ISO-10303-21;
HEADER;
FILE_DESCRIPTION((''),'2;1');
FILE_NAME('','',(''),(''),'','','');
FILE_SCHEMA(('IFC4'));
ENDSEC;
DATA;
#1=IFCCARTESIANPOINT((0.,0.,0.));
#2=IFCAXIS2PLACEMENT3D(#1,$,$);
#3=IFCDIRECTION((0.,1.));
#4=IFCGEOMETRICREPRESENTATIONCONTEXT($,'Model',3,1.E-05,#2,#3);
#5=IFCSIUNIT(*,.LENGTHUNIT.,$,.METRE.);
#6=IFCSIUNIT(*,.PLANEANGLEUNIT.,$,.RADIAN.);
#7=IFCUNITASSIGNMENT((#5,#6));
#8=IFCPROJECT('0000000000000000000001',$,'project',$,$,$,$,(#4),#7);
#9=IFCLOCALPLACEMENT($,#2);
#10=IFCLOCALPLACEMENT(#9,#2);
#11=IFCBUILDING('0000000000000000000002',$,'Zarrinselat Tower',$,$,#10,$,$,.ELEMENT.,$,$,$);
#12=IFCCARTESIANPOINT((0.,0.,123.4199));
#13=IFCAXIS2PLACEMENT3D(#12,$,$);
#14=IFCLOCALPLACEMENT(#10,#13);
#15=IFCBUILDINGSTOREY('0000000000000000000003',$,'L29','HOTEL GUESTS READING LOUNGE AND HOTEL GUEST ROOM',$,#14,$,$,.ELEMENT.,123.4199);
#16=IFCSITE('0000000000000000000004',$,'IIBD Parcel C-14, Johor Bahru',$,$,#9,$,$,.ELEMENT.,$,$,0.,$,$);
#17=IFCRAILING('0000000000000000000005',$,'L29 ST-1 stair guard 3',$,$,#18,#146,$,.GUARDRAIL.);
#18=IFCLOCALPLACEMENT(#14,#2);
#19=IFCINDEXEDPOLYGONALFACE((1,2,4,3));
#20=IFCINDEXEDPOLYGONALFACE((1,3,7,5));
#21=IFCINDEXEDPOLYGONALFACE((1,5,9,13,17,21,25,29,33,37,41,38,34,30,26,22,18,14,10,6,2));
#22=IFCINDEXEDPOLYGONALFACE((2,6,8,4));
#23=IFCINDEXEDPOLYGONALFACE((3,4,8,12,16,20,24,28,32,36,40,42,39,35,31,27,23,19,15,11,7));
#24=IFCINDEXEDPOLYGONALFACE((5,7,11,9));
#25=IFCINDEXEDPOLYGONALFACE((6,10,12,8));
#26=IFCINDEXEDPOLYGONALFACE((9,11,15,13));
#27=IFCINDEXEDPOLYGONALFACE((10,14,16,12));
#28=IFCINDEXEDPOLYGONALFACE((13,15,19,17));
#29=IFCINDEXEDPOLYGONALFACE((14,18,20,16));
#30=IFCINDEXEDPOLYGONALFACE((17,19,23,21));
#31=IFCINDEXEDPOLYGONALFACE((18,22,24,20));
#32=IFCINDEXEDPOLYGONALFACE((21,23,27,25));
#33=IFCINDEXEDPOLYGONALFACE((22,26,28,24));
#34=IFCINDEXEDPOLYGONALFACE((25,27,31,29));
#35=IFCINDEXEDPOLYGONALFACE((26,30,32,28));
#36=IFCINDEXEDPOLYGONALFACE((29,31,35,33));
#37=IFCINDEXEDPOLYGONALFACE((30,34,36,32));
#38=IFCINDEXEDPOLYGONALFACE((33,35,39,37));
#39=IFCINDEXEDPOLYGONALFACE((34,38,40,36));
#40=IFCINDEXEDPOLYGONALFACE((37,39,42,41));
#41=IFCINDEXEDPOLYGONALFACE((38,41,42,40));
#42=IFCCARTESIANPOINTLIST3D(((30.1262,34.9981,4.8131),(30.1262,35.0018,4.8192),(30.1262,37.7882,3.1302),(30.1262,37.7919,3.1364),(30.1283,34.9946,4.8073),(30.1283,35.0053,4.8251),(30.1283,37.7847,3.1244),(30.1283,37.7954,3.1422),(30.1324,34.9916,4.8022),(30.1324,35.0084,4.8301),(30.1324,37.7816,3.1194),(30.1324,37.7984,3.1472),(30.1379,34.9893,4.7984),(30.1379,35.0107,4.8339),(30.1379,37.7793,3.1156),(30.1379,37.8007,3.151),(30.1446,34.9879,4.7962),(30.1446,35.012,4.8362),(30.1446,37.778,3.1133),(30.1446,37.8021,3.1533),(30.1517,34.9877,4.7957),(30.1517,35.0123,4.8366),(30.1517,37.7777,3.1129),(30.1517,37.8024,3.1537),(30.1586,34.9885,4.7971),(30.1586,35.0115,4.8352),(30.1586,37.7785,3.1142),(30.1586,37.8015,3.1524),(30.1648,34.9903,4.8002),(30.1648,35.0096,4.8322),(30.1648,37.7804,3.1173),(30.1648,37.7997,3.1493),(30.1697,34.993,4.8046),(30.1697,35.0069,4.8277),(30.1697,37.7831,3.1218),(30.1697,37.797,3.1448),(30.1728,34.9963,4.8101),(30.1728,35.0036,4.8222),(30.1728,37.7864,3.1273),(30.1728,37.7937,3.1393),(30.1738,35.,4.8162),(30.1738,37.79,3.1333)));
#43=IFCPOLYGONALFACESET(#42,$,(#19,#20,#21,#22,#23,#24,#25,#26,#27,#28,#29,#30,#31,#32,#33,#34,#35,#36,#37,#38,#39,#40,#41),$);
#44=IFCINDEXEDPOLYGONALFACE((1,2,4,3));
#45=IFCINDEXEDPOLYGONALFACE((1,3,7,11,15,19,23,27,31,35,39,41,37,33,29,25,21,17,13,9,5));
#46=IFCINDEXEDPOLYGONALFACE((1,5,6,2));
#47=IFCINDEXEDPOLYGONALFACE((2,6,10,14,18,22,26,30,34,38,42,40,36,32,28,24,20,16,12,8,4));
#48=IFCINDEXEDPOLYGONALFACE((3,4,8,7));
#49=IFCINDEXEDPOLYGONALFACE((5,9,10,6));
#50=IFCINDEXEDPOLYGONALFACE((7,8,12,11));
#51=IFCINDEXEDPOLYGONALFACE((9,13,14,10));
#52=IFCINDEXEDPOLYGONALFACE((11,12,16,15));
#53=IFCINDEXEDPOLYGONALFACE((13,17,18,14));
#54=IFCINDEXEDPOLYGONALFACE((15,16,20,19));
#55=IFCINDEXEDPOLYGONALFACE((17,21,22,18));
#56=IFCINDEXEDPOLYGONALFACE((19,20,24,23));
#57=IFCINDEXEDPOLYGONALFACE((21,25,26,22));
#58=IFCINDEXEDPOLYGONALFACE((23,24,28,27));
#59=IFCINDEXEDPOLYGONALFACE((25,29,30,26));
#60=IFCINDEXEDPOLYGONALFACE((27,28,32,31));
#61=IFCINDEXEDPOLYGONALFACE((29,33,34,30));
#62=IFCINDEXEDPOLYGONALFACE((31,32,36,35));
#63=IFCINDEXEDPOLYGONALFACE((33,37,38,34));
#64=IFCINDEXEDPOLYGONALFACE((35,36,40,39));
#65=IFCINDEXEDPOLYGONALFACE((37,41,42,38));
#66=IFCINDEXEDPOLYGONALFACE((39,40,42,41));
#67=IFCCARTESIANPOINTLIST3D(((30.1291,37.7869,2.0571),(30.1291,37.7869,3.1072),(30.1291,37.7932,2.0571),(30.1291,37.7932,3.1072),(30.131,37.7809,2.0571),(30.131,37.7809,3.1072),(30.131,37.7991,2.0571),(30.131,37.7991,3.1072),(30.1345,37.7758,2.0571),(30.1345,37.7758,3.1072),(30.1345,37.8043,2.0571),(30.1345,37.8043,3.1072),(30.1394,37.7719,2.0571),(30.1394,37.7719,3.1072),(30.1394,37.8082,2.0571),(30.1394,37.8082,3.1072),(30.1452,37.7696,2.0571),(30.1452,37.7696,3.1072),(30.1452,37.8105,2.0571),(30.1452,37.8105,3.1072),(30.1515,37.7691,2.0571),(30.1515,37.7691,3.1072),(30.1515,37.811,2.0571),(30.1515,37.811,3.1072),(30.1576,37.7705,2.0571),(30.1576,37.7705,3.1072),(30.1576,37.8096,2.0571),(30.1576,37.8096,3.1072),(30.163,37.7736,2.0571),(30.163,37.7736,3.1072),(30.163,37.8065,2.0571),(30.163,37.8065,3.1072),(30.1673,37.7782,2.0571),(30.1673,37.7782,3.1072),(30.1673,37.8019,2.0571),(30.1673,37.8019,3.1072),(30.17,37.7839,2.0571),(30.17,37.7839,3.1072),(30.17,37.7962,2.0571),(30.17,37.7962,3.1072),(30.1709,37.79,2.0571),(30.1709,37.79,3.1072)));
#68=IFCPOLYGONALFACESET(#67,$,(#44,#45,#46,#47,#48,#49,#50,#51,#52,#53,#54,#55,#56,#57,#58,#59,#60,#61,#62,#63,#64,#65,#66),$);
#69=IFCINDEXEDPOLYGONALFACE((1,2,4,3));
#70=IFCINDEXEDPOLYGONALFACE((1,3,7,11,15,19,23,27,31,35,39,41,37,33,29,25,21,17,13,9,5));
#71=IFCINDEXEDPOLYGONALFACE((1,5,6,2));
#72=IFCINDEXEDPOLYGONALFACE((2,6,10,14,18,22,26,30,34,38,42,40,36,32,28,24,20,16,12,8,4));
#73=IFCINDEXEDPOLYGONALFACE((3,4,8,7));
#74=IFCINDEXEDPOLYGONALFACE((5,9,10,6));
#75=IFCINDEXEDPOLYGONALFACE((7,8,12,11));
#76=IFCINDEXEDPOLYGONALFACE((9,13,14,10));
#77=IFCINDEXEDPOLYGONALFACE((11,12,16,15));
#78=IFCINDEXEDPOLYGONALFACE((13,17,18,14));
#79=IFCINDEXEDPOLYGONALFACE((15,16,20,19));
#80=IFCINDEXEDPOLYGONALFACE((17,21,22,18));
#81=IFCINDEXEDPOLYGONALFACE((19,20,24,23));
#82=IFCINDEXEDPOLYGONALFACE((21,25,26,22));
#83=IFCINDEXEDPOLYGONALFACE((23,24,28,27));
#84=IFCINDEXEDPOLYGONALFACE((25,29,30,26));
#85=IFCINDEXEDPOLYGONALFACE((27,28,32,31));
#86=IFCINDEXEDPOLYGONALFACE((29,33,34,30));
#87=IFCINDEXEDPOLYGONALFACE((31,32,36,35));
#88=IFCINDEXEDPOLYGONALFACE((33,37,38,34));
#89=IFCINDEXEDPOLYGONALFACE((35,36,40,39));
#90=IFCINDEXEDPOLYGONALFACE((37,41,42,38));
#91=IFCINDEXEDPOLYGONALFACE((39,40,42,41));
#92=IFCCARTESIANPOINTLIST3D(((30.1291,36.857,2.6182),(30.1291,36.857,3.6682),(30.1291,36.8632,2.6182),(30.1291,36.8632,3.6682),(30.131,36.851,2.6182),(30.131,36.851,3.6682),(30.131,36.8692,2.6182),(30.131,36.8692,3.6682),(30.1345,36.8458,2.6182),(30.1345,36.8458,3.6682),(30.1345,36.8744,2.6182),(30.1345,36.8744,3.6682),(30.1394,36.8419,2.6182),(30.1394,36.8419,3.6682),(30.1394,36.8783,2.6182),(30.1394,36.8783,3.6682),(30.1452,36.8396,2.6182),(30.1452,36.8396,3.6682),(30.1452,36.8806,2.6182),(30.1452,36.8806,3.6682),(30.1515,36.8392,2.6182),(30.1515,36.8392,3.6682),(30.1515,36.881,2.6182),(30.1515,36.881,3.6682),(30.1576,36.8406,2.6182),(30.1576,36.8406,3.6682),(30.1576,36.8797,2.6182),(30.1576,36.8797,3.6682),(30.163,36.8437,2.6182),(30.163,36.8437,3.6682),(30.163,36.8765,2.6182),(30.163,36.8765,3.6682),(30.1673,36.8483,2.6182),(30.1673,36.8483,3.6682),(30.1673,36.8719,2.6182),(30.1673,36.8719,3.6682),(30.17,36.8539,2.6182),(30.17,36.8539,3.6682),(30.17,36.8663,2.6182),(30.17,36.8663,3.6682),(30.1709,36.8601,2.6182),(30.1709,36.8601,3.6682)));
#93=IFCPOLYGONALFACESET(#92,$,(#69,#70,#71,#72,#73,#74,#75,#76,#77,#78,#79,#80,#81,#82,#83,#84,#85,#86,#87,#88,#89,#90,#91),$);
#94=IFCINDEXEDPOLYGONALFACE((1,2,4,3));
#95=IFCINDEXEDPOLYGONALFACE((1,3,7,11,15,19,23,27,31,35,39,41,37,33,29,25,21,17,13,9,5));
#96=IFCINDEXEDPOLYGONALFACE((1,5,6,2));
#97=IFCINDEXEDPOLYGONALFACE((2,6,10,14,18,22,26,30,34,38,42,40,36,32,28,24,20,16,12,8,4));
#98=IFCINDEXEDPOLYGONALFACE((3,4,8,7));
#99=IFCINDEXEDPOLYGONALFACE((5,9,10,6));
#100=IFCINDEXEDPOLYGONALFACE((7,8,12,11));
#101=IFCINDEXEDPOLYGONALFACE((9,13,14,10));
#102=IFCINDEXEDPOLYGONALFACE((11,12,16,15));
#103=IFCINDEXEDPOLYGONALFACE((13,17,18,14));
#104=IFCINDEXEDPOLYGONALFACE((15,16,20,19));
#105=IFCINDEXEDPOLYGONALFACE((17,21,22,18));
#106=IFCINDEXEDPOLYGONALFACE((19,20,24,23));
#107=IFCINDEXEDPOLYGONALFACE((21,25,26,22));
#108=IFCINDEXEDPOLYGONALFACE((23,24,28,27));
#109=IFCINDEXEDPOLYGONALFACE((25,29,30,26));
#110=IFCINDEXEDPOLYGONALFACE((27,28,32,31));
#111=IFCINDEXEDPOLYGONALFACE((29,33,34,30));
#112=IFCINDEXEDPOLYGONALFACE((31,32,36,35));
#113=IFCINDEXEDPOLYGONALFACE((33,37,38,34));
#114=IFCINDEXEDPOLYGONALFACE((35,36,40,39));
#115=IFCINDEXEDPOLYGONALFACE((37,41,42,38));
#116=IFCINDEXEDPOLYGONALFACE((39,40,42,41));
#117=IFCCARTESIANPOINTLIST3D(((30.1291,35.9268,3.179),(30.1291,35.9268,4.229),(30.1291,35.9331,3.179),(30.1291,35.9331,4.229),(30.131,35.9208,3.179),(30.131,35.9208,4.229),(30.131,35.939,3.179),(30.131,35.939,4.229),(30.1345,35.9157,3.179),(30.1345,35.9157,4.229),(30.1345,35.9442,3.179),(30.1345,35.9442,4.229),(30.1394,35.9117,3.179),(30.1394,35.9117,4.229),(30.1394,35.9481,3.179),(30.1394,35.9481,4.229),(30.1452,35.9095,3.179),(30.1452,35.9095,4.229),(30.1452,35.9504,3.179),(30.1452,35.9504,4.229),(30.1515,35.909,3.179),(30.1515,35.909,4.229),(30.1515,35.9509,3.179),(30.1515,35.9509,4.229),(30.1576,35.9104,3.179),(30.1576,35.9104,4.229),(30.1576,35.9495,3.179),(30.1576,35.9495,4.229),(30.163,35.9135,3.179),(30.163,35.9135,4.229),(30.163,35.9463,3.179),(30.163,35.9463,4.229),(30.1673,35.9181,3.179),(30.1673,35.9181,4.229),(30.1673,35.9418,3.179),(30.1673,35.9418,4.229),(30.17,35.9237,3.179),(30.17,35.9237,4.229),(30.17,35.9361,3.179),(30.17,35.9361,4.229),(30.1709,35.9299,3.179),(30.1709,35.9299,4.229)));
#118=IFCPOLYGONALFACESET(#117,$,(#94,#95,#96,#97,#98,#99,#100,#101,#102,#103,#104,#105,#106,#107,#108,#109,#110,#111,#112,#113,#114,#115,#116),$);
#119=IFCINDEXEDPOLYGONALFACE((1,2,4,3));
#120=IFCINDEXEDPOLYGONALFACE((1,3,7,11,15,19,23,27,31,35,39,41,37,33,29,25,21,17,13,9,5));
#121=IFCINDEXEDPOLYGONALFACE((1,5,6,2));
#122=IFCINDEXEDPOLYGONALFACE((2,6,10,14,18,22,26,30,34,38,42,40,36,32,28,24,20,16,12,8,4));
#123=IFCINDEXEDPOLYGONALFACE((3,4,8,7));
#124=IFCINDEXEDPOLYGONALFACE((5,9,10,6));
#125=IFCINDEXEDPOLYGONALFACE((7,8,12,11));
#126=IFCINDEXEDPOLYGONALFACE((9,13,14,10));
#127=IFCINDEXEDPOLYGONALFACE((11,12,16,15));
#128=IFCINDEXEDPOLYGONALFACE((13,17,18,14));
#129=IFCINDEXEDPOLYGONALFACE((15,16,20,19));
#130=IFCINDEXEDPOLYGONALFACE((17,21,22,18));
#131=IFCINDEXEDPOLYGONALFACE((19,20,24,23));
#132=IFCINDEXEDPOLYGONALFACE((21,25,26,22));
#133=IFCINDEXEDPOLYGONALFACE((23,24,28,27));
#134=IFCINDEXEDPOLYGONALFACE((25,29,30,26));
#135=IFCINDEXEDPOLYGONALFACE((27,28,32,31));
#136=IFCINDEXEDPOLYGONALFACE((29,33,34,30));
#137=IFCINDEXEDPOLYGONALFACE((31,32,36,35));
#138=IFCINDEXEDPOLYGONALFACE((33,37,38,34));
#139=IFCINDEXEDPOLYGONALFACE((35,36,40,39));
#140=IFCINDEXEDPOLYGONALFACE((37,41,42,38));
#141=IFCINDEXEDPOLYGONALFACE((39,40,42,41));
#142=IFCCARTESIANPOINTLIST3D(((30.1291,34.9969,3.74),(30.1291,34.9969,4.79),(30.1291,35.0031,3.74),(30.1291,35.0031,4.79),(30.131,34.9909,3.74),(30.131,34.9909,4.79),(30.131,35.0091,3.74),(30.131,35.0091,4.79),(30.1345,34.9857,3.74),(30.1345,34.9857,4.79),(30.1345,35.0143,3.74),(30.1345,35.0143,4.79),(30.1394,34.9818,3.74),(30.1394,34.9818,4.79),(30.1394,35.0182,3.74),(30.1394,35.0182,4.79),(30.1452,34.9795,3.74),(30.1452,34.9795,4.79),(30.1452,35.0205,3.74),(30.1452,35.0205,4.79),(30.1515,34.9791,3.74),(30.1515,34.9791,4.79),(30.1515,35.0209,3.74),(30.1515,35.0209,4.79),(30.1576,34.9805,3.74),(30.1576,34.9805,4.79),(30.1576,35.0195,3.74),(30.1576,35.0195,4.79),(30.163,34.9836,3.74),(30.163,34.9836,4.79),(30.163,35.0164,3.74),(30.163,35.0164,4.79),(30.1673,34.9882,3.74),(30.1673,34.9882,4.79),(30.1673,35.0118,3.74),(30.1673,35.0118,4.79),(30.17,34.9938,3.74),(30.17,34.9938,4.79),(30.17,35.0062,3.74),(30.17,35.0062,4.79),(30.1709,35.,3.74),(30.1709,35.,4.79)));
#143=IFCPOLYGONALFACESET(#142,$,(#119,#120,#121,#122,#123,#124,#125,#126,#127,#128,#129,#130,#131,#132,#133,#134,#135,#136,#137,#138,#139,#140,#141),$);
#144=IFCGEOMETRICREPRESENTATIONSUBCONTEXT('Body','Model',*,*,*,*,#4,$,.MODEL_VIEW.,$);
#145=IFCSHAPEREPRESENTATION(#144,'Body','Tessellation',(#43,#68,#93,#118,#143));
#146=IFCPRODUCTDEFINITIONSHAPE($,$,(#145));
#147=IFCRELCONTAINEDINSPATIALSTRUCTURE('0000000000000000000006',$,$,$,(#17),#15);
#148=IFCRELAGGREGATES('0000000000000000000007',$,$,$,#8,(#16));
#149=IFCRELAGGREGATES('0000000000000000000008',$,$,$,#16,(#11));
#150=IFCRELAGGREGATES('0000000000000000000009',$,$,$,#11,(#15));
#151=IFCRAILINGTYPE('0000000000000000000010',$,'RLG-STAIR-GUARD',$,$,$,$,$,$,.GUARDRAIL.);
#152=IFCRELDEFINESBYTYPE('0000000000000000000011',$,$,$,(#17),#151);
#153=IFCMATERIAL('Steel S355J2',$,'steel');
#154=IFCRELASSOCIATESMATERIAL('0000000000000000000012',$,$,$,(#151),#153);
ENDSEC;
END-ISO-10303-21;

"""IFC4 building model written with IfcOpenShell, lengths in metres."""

from ifc_helpers import new_model, si_unit, direction, frame, origin, origin_2d, place, context, subcontext, project, spatial, circle, extrude, material, type_object, element, save


model = new_model("IFC4")

# Units and contexts
model_context = context("Model", 3, precision=1e-05, world=origin(), true_north=direction((0.0, 1.0)))
body_context = subcontext(model_context, "Body", "Model", "MODEL_VIEW")
ifc_project = project(units=[si_unit("LENGTHUNIT", "METRE"), si_unit("PLANEANGLEUNIT", "RADIAN")], contexts=[model_context])

# Site, building, storey
site_placement = place(None, origin())
site = spatial("IfcSite", under=ifc_project, at=site_placement, Name="IIBD Parcel C-14, Johor Bahru", CompositionType="ELEMENT", RefElevation=0.0)
building_placement = place(site_placement, origin())
building = spatial("IfcBuilding", under=site, at=building_placement, Name="Zarrinselat Tower", CompositionType="ELEMENT")
storey_placement = place(building_placement, frame((0.0, 0.0, 123.4199)))
storey = spatial("IfcBuildingStorey", under=building, at=storey_placement, Name="L29", Description="HOTEL GUESTS READING LOUNGE AND HOTEL GUEST ROOM", CompositionType="ELEMENT", Elevation=123.4199)

# Railing
ifc_material_1 = material(Name="Steel S355J2", Category="steel")
railing_type_1 = type_object("IfcRailingType", Name="RLG-STAIR-GUARD", PredefinedType="GUARDRAIL", material=ifc_material_1)
railing_1_placement = place(storey_placement, frame((30.1499, 37.79, 2.0571)))
element("IfcRailing", 1, at=railing_1_placement, inside=storey, type_object=railing_type_1, Name="L29 ST-1 stair guard 3", PredefinedType="GUARDRAIL", context=body_context, shape_type="SweptSolid", body=[
    extrude(circle(Radius=0.0239, at=origin_2d()), frame((0.0, 0.0, 1.0762), z_axis=(0.0, -0.856294, 0.516489), x_axis=(1.0, 0.0, 0.0)), (0.0, 0.0, 1.0), 3.2583),
    extrude(circle(Radius=0.021, at=origin_2d()), origin(), (0.0, 0.0, 1.0), 1.05),
    extrude(circle(Radius=0.021, at=origin_2d()), frame((0.0, -0.9299, 0.561)), (0.0, 0.0, 1.0), 1.05),
    extrude(circle(Radius=0.021, at=origin_2d()), frame((0.0, -1.8601, 1.1218)), (0.0, 0.0, 1.0), 1.05),
    extrude(circle(Radius=0.021, at=origin_2d()), frame((0.0, -2.79, 1.6829)), (0.0, 0.0, 1.0), 1.05),
])

save(model, "model.ifc")
